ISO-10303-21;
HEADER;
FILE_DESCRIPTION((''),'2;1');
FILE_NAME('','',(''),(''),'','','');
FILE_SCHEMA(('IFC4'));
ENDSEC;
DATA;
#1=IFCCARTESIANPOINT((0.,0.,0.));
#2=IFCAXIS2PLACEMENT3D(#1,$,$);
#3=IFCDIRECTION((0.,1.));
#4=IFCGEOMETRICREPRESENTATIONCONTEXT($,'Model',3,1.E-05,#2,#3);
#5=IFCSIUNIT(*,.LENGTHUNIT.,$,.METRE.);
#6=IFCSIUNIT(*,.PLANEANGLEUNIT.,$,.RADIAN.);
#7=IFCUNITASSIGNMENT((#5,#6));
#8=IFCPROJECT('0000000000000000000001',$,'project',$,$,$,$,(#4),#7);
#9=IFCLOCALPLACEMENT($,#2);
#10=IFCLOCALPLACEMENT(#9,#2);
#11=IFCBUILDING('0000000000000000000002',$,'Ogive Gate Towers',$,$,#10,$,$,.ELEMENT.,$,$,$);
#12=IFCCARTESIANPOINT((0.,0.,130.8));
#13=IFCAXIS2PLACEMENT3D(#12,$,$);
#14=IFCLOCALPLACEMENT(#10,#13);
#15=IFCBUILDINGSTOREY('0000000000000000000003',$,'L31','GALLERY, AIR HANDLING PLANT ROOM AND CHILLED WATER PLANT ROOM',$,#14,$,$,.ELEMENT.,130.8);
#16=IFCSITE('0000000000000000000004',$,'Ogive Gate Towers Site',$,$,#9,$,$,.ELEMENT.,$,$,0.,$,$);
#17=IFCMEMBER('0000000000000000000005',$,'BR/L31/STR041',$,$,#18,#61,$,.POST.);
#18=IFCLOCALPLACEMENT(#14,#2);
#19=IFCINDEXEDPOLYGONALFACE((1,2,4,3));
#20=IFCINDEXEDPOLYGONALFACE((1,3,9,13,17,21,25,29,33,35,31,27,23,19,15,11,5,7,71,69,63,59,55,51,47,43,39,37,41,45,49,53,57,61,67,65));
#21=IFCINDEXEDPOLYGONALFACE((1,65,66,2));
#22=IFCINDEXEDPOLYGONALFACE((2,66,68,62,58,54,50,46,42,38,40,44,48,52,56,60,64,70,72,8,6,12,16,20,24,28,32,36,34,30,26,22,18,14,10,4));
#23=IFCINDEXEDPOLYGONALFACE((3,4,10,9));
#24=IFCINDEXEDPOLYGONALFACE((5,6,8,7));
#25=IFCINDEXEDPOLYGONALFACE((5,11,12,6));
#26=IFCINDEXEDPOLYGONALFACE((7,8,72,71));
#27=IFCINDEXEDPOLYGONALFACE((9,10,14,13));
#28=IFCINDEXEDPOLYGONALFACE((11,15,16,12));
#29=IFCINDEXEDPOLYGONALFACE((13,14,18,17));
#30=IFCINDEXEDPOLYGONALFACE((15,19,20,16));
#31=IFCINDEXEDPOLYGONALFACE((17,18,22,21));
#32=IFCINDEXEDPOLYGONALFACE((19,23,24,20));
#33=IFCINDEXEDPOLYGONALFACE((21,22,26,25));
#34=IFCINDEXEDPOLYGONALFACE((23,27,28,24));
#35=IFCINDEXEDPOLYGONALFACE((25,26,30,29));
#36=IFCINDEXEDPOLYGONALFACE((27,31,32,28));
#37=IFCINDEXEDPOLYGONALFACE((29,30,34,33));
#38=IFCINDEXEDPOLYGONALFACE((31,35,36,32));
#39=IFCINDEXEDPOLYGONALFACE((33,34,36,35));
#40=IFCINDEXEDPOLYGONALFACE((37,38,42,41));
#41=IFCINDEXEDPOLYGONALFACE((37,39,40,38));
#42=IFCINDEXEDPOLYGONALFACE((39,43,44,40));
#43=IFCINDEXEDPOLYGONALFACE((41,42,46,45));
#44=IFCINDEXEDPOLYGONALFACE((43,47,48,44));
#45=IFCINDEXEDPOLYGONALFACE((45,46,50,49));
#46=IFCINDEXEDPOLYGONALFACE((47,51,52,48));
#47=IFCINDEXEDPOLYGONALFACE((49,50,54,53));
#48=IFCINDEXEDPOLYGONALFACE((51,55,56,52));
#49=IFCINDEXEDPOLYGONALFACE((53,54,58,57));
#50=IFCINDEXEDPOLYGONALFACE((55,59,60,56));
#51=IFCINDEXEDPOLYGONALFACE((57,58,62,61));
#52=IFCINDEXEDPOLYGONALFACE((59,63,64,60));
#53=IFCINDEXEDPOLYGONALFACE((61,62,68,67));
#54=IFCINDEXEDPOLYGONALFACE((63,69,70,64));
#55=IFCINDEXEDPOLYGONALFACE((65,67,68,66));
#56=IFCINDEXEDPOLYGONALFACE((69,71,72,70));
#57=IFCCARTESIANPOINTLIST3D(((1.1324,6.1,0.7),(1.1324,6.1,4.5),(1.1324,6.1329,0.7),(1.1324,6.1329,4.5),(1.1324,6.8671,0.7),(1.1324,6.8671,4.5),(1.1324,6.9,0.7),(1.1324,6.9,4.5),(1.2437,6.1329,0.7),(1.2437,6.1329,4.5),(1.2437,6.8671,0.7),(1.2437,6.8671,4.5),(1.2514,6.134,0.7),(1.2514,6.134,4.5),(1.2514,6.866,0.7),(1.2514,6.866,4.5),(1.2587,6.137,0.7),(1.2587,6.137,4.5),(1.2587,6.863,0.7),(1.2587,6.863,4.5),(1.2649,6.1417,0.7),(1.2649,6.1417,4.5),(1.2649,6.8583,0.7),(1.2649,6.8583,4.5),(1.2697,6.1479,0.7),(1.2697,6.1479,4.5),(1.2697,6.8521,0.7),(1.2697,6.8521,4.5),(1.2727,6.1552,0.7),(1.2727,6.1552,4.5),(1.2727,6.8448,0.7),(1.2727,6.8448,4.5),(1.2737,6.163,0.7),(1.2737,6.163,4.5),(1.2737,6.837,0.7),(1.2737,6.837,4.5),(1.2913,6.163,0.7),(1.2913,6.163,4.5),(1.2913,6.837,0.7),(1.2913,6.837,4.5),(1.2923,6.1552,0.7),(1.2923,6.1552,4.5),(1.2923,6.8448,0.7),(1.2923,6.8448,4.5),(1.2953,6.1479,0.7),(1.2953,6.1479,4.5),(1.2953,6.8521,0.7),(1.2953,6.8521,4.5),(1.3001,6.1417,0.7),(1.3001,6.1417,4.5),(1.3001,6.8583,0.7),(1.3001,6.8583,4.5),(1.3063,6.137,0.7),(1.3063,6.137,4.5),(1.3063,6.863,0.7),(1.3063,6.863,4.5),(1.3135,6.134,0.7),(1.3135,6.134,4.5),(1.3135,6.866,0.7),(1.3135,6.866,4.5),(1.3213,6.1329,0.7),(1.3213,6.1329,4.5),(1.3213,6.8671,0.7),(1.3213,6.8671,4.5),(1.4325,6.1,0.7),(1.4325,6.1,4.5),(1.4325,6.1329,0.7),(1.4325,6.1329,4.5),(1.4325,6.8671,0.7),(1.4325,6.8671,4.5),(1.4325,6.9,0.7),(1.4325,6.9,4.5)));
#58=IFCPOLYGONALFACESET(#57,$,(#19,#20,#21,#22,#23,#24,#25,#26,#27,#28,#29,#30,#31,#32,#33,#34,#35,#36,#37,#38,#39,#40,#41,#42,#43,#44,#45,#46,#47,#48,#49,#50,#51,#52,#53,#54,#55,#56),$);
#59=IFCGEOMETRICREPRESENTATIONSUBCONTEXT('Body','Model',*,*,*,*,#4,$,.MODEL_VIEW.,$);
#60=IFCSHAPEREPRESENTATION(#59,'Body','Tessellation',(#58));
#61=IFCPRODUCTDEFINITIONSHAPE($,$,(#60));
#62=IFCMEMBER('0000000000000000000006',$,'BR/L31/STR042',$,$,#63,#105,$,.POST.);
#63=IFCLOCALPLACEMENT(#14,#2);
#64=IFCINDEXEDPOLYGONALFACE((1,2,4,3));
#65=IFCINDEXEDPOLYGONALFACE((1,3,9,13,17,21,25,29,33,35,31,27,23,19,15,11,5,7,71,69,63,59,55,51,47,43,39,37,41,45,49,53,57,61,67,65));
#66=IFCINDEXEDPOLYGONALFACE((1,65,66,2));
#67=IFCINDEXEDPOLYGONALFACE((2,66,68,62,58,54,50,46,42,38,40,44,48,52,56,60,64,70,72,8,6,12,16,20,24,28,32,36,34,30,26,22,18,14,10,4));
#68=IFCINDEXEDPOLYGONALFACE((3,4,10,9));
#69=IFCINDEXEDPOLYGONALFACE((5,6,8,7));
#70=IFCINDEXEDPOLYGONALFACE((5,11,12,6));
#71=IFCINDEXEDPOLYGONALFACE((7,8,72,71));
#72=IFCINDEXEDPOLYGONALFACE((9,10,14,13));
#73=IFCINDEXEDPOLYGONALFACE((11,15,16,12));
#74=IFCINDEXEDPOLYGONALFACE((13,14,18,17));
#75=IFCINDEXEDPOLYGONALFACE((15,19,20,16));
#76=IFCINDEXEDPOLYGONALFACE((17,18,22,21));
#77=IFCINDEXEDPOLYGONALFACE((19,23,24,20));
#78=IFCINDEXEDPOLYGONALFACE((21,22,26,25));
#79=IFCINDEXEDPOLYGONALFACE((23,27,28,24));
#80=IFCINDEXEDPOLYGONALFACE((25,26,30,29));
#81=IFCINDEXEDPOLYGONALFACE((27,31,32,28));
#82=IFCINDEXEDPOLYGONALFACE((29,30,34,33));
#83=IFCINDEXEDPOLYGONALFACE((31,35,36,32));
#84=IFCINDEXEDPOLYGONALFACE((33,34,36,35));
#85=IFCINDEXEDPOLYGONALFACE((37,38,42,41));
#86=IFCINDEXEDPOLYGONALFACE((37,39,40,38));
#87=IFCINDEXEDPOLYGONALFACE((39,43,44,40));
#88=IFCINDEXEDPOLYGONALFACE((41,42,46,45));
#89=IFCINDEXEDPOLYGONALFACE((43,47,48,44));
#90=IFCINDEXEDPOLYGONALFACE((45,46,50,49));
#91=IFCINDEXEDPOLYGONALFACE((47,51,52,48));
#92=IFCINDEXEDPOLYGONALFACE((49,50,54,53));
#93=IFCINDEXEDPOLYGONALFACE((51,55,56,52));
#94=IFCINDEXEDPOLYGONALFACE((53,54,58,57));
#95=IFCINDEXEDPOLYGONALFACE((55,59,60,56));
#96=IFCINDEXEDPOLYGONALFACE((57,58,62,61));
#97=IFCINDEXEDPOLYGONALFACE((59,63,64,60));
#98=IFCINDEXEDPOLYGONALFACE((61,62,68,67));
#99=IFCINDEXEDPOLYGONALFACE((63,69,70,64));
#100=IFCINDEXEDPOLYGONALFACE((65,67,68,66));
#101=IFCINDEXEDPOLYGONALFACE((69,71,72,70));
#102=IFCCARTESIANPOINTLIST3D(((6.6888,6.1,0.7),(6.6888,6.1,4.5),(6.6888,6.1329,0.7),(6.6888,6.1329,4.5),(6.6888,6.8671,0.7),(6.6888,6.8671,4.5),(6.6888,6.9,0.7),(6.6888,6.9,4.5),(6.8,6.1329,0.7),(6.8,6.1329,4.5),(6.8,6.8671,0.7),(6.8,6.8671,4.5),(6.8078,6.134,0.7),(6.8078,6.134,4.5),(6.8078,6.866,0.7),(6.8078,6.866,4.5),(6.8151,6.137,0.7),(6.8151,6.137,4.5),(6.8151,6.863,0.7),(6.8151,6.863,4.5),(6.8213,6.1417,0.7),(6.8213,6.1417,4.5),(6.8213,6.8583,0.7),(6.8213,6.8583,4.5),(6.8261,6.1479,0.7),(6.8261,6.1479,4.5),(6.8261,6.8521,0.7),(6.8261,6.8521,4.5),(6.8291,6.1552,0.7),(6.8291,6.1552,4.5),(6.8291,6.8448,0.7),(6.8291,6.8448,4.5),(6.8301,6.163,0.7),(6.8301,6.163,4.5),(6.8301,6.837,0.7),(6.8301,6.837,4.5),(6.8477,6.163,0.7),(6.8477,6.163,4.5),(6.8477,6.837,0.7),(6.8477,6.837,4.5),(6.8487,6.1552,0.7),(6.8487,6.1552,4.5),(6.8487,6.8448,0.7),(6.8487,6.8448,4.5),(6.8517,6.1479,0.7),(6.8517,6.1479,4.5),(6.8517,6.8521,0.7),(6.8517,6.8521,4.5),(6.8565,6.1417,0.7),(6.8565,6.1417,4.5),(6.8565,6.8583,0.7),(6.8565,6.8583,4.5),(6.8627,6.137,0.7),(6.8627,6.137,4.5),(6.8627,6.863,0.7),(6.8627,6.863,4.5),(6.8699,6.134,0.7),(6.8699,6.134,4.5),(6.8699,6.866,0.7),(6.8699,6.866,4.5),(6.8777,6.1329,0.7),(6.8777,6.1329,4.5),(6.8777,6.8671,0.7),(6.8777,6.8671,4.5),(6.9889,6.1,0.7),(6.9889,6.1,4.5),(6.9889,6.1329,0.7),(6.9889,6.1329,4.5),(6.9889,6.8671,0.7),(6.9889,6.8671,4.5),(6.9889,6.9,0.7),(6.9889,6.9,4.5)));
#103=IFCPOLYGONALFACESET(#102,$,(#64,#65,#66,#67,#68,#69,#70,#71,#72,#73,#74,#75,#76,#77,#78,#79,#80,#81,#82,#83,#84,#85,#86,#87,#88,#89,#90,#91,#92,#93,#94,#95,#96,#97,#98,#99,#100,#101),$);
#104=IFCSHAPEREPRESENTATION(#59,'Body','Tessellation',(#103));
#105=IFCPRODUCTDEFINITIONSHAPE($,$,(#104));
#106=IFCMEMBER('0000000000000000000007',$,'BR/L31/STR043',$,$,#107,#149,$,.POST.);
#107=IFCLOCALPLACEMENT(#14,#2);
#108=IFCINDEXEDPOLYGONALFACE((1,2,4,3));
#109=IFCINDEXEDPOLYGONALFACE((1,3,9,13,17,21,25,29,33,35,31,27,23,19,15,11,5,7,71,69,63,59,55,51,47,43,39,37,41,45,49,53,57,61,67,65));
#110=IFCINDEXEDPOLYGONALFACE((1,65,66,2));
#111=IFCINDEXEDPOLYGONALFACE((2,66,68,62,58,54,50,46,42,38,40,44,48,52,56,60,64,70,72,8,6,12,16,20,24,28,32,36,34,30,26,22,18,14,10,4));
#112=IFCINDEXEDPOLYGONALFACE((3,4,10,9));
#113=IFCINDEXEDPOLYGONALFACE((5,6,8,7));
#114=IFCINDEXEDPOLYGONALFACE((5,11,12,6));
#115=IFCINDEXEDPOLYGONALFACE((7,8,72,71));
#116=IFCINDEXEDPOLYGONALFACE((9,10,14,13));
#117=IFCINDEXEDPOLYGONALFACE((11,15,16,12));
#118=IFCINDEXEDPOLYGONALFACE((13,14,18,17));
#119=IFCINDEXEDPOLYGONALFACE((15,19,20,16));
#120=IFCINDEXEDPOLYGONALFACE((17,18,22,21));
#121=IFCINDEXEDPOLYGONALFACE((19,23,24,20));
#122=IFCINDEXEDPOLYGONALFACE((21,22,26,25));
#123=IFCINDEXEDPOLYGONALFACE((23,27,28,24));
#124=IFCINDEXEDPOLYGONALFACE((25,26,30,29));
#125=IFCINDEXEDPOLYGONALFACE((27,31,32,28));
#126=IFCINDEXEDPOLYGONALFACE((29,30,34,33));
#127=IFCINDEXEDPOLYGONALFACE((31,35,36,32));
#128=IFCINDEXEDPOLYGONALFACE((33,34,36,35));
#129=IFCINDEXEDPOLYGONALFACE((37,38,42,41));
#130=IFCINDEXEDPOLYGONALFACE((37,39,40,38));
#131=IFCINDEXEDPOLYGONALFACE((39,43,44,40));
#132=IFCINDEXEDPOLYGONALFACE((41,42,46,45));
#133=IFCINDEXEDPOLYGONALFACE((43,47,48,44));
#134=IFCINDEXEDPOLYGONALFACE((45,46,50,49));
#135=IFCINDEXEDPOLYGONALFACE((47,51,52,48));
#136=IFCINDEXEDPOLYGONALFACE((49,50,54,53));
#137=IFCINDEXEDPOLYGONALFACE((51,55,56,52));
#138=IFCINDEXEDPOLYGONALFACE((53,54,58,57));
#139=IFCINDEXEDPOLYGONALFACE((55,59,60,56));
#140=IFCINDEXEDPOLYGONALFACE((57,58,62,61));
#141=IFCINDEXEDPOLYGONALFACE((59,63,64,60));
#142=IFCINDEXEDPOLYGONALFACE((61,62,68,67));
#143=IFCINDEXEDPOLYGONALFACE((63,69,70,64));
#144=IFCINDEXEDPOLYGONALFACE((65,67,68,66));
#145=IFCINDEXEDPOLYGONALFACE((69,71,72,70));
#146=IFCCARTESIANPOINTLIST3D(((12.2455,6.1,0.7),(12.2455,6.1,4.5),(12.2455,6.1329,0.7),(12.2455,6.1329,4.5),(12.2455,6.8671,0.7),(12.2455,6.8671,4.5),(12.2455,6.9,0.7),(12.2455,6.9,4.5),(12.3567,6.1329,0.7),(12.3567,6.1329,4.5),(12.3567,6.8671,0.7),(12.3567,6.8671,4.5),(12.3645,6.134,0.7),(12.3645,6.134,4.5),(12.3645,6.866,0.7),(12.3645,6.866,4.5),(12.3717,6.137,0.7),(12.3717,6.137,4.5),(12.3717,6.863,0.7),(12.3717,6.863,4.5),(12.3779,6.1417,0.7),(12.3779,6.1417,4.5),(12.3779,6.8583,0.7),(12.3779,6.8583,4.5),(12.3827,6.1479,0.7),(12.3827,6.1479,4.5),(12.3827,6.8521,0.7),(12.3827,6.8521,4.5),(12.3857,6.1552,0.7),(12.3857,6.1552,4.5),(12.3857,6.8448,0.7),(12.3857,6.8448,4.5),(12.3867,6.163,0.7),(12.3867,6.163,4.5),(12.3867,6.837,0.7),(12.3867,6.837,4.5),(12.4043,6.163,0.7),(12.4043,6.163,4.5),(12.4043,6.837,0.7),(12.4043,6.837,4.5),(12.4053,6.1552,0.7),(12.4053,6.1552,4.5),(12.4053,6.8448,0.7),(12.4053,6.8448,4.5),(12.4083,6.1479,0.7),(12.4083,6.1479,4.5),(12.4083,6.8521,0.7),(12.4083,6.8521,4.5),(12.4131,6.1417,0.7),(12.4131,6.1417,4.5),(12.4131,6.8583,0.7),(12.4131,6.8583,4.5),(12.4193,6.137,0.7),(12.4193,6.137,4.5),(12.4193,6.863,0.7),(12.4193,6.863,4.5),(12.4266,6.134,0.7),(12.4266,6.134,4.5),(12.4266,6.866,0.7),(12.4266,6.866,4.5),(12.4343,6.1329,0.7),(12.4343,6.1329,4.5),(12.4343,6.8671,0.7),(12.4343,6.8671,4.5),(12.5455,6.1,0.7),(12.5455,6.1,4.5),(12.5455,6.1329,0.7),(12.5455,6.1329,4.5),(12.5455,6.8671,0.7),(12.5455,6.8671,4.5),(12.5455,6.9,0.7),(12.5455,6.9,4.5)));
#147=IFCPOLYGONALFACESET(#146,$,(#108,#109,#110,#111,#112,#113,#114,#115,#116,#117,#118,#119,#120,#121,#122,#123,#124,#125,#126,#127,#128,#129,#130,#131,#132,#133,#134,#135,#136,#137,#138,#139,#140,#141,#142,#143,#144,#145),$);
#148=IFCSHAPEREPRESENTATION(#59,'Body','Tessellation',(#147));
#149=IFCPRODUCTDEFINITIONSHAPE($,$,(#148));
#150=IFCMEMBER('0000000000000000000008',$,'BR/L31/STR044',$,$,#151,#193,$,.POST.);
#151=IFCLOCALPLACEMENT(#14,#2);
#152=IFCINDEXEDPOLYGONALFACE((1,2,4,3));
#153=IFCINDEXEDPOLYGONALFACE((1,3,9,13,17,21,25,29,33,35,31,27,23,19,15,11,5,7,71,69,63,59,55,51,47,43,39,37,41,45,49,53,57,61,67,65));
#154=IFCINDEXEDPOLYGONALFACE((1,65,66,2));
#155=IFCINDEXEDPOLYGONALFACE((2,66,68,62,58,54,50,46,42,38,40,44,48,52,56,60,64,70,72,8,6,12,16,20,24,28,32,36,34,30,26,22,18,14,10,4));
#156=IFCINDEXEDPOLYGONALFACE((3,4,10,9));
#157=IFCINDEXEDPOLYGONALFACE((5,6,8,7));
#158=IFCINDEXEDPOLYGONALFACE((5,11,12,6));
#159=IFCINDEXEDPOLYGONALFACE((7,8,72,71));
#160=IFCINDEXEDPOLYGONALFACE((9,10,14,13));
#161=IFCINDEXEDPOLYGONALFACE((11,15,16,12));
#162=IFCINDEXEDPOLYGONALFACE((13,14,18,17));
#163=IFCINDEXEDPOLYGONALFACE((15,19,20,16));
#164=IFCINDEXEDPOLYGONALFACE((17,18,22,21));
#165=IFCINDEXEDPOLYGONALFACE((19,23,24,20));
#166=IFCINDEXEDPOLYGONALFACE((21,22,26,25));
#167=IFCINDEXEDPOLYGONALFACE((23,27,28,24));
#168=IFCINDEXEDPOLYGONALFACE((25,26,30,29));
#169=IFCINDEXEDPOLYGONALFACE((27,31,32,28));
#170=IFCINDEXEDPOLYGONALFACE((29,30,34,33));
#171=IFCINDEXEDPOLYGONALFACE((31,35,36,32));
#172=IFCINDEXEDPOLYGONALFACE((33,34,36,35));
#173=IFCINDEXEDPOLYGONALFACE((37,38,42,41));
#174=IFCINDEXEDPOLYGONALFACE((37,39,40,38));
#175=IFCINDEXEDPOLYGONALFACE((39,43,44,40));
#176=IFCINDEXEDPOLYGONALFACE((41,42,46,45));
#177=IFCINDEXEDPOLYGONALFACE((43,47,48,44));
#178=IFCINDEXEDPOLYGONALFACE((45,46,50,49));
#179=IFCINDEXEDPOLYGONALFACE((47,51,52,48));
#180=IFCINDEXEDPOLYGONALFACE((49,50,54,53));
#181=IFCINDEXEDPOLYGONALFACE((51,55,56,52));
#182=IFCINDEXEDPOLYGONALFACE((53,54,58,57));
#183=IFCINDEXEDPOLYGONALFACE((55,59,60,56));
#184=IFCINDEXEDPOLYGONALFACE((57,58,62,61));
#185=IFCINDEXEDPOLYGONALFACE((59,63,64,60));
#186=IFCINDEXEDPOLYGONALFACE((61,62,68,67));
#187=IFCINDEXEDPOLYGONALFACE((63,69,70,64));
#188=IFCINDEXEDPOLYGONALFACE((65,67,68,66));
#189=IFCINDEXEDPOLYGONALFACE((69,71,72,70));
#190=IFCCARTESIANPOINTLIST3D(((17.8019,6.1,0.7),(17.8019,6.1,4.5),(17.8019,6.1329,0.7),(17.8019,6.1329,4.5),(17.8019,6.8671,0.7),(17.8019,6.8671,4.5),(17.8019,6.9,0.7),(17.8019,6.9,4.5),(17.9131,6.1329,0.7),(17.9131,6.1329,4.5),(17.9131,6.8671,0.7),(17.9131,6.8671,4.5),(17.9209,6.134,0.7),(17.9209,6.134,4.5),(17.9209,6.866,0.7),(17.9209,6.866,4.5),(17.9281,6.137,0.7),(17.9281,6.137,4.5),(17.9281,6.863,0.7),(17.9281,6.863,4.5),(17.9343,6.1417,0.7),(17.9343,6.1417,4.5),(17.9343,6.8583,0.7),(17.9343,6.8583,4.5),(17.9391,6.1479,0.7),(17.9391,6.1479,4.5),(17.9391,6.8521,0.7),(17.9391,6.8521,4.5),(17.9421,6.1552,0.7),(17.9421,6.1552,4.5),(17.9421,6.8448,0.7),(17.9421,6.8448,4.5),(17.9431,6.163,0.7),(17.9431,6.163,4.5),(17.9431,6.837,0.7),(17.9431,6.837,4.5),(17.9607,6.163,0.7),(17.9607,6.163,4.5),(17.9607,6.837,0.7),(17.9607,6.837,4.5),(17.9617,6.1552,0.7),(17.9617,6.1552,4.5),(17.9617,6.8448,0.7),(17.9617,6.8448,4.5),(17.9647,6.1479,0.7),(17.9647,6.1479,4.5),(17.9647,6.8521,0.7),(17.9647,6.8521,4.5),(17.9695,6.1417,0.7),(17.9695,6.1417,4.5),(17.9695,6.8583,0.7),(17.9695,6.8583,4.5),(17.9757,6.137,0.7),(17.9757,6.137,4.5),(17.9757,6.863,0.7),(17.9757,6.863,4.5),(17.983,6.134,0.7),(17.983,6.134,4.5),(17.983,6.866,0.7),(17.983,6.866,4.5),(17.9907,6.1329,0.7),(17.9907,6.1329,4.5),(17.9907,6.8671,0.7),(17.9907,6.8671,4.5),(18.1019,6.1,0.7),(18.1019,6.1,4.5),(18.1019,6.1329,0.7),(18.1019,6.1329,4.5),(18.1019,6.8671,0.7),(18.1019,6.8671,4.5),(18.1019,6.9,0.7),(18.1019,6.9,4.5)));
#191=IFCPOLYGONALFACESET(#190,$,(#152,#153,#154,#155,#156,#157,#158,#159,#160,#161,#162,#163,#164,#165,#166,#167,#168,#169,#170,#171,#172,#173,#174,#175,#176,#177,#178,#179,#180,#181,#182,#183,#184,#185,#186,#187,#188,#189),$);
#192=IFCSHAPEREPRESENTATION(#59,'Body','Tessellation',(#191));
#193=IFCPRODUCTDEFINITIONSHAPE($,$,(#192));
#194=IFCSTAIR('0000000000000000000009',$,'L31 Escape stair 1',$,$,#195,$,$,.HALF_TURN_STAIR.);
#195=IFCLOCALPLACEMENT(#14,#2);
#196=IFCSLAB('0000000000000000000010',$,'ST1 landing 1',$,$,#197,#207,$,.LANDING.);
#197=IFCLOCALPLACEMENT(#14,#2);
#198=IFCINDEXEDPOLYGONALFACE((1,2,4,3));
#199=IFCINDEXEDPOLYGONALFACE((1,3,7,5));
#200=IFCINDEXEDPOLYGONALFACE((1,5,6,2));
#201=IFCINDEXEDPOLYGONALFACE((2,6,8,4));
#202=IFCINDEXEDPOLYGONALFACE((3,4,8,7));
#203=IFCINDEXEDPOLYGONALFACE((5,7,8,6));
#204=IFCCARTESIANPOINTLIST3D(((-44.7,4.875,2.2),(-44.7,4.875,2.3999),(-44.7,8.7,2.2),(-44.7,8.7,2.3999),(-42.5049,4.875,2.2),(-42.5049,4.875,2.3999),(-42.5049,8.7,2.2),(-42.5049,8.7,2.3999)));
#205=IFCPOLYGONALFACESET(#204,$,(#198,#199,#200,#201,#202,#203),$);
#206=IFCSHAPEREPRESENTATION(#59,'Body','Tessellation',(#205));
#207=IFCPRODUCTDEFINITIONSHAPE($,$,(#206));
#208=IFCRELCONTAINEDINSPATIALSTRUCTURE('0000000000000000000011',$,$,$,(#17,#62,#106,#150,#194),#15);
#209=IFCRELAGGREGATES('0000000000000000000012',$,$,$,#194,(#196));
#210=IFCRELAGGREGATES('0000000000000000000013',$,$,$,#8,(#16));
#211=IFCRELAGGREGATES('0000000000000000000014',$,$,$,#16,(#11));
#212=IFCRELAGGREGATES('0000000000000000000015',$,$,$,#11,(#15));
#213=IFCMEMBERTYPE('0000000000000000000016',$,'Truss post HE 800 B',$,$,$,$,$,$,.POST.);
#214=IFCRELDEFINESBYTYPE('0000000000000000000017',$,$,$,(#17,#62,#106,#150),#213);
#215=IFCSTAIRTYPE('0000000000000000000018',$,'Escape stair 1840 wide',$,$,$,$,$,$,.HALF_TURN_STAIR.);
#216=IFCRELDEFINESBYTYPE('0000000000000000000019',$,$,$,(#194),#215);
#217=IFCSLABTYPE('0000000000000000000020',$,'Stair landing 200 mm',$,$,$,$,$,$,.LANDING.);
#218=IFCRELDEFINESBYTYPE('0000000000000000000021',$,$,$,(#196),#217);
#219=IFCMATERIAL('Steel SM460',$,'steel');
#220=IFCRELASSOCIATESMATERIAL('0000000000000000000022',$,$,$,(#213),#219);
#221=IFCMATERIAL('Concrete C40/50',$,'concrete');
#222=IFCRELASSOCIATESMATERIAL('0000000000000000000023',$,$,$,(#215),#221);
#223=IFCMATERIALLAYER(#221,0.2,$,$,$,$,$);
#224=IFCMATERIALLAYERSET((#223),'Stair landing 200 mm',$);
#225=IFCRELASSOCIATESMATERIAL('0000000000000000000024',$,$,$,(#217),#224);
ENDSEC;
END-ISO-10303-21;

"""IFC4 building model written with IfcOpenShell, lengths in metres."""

from ifc_helpers import new_model, si_unit, direction, frame, origin, origin_2d, place, context, subcontext, project, spatial, polyline, i_section, outline, extrude, material, layer, layer_set, material_profile, profile_set, type_object, element, aggregate, save


model = new_model("IFC4")

# Units and contexts
model_context = context("Model", 3, precision=1e-05, world=origin(), true_north=direction((0.0, 1.0)))
body_context = subcontext(model_context, "Body", "Model", "MODEL_VIEW")
ifc_project = project(units=[si_unit("LENGTHUNIT", "METRE"), si_unit("PLANEANGLEUNIT", "RADIAN")], contexts=[model_context])

# Site, building, storey
site_placement = place(None, origin())
site = spatial("IfcSite", under=ifc_project, at=site_placement, Name="Ogive Gate Towers Site", CompositionType="ELEMENT", RefElevation=0.0)
building_placement = place(site_placement, origin())
building = spatial("IfcBuilding", under=site, at=building_placement, Name="Ogive Gate Towers", CompositionType="ELEMENT")
storey_placement = place(building_placement, frame((0.0, 0.0, 130.8)))
storey = spatial("IfcBuildingStorey", under=building, at=storey_placement, Name="L31", Description="GALLERY, AIR HANDLING PLANT ROOM AND CHILLED WATER PLANT ROOM", CompositionType="ELEMENT", Elevation=130.8)

# Shared definitions
ifc_material_1 = material(Name="Steel SM460", Category="steel")

# Members
ifc_material_profile_1 = material_profile(ifc_material_1, i_section(OverallWidth=0.3, OverallDepth=0.8, WebThickness=0.0176, FlangeThickness=0.033, FilletRadius=0.03, at=origin_2d()), Name="HE 800 B")
ifc_profile_set_1 = profile_set([ifc_material_profile_1], Name="Steel SM460")
member_type_1 = type_object("IfcMemberType", Name="Truss post HE 800 B", PredefinedType="POST", material=ifc_profile_set_1)
for number, where, z_axis, x_axis, name in (
    (1, (1.2825, 6.5, 0.7), (0.0, 0.0, 1.0), (1.0, 0.0, 0.0), "BR/L31/STR041"),
    (2, (6.8389, 6.5, 0.7), (0.0, 0.0, 1.0), (1.0, 0.0, 0.0), "BR/L31/STR042"),
    (3, (12.3955, 6.5, 0.7), (0.0, 0.0, 1.0), (1.0, 0.0, 0.0), "BR/L31/STR043"),
    (4, (17.9519, 6.5, 0.7), (0.0, 0.0, 1.0), (1.0, 0.0, 0.0), "BR/L31/STR044"),
):
    element("IfcMember", number, at=place(storey_placement, frame(where, z_axis=z_axis, x_axis=x_axis)), inside=storey, type_object=member_type_1, Name=name, PredefinedType="POST", context=body_context, shape_type="SweptSolid", body=[
        extrude(i_section(OverallWidth=0.3, OverallDepth=0.8, WebThickness=0.0176, FlangeThickness=0.033, FilletRadius=0.03, at=origin_2d()), origin(), (0.0, 0.0, 1.0), 3.8),
    ])

# Stair, slab
ifc_material_2 = material(Name="Concrete C40/50", Category="concrete")
stair_type = type_object("IfcStairType", Name="Escape stair 1840 wide", PredefinedType="HALF_TURN_STAIR", material=ifc_material_2)
stair_1_placement = place(storey_placement, origin())
stair_1 = element("IfcStair", 5, at=stair_1_placement, inside=storey, type_object=stair_type, Name="L31 Escape stair 1", PredefinedType="HALF_TURN_STAIR")
ifc_layer_1 = layer(ifc_material_2, 0.2)
ifc_layer_set_1 = layer_set([ifc_layer_1], Name="Stair landing 200 mm")
slab_type = type_object("IfcSlabType", Name="Stair landing 200 mm", PredefinedType="LANDING", material=ifc_layer_set_1)
slab_1_placement = place(storey_placement, frame((0.0, 0.0, 2.2)))
slab_1 = element("IfcSlab", 6, at=slab_1_placement, type_object=slab_type, Name="ST1 landing 1", PredefinedType="LANDING", context=body_context, shape_type="SweptSolid", body=[
    extrude(outline(polyline([(-42.5049, 8.7), (-44.7, 8.7), (-44.7, 4.875), (-42.5049, 4.875), (-42.5049, 8.7)])), origin(), (0.0, 0.0, 1.0), 0.2),
])
aggregate(stair_1, [slab_1])

save(model, "model.ifc")
